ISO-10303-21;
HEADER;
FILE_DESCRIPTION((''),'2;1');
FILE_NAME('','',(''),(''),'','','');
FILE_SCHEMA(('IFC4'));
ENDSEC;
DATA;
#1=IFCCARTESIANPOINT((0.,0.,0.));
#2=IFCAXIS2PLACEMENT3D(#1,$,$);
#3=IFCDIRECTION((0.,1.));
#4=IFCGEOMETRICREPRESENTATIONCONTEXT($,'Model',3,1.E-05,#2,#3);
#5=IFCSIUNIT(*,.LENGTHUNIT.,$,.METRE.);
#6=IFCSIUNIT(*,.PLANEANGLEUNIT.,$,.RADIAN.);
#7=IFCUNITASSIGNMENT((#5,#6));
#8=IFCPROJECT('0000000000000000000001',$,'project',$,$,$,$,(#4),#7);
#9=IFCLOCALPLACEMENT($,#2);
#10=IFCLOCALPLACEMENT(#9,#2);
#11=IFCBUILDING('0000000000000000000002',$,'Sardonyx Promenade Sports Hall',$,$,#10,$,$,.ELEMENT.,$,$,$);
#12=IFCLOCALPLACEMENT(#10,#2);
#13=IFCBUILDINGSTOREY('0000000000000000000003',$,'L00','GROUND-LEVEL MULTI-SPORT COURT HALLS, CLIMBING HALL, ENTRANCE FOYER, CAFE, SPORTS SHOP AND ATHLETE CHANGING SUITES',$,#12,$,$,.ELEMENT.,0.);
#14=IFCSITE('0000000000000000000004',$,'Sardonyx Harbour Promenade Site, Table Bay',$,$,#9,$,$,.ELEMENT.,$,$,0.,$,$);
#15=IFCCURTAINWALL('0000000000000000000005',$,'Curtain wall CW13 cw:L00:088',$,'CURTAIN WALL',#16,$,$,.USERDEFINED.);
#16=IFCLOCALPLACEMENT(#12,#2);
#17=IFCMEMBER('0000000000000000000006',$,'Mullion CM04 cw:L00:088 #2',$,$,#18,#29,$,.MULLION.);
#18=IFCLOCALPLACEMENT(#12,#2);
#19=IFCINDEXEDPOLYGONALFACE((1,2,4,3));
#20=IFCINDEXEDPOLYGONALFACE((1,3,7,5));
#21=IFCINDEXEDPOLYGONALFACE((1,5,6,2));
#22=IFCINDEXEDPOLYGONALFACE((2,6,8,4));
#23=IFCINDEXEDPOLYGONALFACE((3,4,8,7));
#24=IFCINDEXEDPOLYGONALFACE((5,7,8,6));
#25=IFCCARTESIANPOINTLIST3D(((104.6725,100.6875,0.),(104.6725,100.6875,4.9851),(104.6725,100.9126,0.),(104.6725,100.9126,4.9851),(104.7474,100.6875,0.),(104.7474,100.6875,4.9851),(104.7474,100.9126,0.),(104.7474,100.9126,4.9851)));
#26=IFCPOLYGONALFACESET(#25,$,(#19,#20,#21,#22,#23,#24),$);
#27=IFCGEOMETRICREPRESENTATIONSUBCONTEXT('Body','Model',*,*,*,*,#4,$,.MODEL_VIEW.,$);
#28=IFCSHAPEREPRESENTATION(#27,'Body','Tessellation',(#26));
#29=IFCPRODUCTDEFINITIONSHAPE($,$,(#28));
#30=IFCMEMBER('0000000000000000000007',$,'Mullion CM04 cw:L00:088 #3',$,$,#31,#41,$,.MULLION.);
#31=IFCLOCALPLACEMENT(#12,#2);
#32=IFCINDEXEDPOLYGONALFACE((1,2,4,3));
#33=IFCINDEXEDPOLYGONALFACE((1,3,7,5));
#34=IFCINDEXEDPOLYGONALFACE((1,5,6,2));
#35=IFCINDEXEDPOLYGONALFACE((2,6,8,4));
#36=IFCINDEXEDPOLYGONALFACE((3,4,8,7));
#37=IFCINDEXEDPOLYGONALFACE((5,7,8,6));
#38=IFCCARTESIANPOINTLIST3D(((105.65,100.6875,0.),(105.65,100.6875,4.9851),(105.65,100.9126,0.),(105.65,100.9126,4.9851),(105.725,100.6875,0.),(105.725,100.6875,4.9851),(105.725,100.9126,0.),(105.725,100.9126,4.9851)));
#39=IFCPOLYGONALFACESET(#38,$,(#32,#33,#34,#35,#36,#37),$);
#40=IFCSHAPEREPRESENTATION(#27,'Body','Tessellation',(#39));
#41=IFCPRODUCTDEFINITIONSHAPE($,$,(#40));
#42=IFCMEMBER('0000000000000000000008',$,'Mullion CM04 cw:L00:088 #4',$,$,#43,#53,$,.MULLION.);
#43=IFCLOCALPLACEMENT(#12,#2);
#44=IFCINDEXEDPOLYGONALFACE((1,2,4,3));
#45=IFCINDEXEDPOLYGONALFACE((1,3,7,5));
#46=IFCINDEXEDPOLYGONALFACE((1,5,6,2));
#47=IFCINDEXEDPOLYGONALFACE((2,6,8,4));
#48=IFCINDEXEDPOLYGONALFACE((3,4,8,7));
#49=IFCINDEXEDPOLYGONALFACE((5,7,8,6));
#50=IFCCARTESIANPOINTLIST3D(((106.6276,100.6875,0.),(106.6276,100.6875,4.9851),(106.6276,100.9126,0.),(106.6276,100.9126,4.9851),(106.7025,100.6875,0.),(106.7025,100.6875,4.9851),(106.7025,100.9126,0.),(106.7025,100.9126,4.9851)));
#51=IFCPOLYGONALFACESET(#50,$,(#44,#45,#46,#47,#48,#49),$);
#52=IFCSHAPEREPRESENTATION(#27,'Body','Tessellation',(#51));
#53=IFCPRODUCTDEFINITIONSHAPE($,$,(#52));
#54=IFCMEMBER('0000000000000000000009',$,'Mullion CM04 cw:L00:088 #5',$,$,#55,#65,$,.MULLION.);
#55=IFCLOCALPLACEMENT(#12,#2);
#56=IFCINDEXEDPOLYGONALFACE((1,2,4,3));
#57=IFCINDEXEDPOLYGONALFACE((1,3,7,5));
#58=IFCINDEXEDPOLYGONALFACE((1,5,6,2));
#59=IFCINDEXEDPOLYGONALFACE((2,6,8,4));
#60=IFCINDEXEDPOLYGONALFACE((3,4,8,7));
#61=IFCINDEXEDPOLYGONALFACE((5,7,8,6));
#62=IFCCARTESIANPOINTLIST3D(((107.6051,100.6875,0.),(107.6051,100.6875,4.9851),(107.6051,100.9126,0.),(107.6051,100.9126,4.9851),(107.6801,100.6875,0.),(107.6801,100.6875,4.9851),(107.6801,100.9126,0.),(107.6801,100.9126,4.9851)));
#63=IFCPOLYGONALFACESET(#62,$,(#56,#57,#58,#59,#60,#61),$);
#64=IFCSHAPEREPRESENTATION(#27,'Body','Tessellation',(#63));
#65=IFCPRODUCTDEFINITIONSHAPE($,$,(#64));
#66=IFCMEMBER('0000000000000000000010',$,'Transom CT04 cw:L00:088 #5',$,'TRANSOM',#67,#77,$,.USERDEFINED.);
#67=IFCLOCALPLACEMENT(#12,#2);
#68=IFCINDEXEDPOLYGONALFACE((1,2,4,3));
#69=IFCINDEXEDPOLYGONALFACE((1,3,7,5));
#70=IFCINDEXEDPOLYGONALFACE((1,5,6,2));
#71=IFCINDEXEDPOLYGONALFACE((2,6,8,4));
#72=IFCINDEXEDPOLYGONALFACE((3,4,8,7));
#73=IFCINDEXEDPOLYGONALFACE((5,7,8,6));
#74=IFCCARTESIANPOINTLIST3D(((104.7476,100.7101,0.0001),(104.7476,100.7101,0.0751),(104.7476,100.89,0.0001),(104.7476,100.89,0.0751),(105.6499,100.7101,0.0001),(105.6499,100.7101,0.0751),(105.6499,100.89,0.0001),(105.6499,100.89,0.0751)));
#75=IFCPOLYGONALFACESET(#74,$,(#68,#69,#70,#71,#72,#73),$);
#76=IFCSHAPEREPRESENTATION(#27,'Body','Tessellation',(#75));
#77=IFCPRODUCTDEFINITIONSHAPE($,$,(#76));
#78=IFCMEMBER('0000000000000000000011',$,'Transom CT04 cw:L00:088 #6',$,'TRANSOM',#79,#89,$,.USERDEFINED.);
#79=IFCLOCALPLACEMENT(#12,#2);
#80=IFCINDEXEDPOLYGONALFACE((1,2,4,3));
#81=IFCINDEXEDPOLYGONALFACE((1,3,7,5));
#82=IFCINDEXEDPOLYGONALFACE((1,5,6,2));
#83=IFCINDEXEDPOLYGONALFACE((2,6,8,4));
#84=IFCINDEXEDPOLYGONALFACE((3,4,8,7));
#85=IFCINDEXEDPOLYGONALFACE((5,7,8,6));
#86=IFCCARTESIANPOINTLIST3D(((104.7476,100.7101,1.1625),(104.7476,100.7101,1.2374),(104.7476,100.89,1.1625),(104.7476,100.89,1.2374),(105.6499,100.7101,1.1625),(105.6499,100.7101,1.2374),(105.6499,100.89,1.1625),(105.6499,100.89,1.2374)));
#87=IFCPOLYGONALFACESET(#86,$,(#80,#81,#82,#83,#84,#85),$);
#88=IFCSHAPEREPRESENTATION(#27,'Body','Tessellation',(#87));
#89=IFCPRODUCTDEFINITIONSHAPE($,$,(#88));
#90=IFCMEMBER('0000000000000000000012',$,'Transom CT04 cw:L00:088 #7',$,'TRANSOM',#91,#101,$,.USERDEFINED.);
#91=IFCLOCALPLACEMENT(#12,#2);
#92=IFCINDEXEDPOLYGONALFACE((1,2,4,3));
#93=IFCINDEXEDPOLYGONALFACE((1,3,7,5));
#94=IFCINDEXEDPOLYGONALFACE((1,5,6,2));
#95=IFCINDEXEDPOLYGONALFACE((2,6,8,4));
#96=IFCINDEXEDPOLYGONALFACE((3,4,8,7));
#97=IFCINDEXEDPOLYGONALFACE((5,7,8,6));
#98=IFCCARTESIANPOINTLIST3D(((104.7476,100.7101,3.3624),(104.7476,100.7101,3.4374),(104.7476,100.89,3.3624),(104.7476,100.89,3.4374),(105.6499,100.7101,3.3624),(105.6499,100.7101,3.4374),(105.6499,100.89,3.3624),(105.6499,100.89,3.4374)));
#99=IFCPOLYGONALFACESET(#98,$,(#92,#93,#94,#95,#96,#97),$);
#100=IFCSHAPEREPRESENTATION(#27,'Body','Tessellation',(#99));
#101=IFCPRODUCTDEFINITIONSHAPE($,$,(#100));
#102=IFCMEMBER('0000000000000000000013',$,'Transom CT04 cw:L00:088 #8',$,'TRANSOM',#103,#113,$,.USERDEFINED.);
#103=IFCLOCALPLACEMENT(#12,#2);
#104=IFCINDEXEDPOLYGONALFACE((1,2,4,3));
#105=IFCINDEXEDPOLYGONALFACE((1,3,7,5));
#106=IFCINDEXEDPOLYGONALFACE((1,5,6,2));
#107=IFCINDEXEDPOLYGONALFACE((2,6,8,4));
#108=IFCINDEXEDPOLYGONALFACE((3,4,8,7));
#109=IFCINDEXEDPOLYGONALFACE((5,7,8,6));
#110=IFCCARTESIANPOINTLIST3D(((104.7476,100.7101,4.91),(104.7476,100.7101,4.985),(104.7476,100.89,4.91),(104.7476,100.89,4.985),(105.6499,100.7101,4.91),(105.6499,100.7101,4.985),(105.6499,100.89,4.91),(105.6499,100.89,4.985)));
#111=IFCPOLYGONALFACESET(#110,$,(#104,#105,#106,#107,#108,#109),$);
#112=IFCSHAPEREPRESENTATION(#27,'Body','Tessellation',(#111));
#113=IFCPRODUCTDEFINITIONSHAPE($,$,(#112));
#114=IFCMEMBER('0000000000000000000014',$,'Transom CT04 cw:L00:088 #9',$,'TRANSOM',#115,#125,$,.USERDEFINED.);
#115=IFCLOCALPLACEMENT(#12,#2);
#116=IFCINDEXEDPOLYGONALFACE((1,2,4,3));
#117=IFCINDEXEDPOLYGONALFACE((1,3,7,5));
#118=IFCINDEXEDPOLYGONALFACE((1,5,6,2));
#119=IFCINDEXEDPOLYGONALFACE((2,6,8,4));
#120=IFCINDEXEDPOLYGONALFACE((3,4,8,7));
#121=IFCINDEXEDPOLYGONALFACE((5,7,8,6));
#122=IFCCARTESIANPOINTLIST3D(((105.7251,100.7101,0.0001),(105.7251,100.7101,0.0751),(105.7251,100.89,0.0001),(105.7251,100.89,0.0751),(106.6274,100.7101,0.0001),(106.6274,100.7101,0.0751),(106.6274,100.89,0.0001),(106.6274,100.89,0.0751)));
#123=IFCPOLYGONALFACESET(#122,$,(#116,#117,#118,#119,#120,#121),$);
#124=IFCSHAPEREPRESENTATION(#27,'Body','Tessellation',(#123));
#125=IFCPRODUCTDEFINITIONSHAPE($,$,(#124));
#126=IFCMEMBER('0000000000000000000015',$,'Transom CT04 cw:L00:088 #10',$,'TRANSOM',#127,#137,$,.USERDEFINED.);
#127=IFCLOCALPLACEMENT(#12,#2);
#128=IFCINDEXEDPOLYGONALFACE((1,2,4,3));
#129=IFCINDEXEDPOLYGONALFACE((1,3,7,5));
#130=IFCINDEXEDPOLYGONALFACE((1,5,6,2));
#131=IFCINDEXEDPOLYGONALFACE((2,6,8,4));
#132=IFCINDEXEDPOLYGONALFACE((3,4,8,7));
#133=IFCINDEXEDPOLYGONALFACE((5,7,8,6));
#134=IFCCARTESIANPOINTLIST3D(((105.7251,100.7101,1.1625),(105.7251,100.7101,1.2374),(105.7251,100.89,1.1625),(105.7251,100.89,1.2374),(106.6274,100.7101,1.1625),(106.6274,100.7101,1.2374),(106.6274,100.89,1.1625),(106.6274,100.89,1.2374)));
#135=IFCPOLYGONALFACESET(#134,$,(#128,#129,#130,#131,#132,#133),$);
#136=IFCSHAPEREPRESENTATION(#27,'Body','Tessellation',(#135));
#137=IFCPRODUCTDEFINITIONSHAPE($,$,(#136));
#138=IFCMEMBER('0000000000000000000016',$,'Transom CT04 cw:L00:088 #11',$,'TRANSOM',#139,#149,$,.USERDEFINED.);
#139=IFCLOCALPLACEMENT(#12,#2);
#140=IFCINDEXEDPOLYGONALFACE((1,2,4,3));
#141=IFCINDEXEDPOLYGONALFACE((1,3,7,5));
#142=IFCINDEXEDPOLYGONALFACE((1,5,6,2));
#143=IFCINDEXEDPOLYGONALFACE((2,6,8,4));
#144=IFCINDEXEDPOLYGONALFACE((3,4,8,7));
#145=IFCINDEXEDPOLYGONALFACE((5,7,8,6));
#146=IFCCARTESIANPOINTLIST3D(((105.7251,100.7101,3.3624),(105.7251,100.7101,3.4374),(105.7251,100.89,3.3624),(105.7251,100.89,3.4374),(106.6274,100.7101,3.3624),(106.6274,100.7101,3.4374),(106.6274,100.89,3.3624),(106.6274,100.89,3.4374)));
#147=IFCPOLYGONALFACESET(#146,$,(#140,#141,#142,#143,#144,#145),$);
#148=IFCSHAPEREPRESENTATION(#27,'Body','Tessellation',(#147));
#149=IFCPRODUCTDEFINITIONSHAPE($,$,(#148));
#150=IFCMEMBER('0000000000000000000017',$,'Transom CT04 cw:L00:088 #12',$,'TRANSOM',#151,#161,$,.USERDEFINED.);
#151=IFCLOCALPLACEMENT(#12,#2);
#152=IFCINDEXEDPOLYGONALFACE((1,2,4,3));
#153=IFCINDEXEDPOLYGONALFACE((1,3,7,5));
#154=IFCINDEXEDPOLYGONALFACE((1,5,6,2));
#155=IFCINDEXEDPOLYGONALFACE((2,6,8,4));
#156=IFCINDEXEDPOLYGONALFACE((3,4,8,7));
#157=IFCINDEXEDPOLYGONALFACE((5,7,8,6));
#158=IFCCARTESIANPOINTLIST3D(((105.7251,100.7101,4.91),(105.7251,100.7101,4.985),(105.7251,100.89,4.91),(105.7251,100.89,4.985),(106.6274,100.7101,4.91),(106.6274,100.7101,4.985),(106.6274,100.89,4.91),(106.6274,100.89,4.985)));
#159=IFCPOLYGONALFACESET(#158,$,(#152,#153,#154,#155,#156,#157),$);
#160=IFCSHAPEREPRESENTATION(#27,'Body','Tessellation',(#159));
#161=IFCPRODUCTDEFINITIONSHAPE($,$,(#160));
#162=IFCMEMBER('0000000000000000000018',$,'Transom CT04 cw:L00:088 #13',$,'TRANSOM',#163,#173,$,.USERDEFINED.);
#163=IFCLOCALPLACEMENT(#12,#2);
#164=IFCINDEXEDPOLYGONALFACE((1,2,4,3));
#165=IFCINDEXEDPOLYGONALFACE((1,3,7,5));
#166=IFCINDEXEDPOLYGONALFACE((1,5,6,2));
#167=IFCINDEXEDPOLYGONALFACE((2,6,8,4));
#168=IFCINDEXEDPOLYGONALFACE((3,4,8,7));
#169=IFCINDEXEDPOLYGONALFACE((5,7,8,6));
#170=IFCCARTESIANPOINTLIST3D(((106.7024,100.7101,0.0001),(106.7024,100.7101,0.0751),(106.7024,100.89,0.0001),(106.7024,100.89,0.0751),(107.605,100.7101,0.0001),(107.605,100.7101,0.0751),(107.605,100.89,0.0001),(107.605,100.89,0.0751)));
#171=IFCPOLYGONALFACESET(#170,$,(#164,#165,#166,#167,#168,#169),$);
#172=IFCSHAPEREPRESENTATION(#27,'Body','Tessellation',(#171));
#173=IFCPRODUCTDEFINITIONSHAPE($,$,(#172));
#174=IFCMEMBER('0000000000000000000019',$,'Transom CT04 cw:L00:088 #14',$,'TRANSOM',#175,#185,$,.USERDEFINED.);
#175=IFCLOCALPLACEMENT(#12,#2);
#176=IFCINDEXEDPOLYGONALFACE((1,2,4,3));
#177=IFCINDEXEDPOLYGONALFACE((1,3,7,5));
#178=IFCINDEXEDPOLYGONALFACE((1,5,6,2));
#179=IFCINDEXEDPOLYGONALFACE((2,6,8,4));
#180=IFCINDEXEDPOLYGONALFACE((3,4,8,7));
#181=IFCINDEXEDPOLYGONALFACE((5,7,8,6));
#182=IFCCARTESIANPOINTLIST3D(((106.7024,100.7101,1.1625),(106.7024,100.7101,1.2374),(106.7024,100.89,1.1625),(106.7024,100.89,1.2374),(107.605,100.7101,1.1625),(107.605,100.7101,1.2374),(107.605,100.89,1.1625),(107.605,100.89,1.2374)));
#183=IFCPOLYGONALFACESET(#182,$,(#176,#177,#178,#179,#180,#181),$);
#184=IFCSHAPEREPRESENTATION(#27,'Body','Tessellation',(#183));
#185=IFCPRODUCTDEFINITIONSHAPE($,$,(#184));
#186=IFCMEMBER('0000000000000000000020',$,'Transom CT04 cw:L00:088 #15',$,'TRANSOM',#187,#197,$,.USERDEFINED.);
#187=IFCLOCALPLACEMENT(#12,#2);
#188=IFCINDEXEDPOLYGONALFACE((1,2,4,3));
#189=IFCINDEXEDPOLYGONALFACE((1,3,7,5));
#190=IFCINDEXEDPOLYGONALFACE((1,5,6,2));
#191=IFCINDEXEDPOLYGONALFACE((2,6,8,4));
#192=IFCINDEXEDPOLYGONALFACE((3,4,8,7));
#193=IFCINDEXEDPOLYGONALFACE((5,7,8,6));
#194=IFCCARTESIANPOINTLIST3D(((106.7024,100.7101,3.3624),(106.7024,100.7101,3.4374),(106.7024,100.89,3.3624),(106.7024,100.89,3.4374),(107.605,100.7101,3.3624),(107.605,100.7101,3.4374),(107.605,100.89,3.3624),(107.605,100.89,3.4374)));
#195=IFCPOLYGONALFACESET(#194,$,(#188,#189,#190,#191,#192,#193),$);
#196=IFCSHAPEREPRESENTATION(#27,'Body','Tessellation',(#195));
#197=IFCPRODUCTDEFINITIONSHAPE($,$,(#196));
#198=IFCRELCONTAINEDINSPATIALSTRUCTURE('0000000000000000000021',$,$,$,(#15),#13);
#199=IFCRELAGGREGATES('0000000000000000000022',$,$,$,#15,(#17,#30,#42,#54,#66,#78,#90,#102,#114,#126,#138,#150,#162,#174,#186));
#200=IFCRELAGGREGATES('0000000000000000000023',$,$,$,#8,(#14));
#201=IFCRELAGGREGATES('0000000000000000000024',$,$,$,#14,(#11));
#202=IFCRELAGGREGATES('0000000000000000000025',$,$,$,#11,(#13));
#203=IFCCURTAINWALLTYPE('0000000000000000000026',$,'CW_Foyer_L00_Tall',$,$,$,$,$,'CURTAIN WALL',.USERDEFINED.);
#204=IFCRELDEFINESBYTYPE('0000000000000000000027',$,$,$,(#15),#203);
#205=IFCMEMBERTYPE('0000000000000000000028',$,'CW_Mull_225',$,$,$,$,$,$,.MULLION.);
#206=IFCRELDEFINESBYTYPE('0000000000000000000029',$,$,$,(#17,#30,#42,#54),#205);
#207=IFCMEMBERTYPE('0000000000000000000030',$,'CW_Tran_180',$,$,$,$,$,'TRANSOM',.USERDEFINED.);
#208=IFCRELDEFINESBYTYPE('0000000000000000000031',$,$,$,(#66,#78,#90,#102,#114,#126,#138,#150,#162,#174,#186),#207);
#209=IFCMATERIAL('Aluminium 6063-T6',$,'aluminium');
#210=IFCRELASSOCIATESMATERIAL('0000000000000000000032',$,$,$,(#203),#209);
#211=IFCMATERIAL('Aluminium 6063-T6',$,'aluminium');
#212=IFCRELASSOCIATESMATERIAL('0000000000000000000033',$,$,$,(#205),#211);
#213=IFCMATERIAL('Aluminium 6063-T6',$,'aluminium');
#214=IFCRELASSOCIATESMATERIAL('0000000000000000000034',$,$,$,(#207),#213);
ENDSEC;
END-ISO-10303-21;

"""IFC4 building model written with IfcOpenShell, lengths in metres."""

from ifc_helpers import new_model, si_unit, direction, frame, origin, origin_2d, place, context, subcontext, project, spatial, rectangle, extrude, material, material_profile, profile_set, type_object, element, aggregate, save


model = new_model("IFC4")

# Units and contexts
model_context = context("Model", 3, precision=1e-05, world=origin(), true_north=direction((0.0, 1.0)))
body_context = subcontext(model_context, "Body", "Model", "MODEL_VIEW")
ifc_project = project(units=[si_unit("LENGTHUNIT", "METRE"), si_unit("PLANEANGLEUNIT", "RADIAN")], contexts=[model_context])

# Site, building, storey
site_placement = place(None, origin())
site = spatial("IfcSite", under=ifc_project, at=site_placement, Name="Sardonyx Harbour Promenade Site, Table Bay", CompositionType="ELEMENT", RefElevation=0.0)
building_placement = place(site_placement, origin())
building = spatial("IfcBuilding", under=site, at=building_placement, Name="Sardonyx Promenade Sports Hall", CompositionType="ELEMENT")
storey_placement = place(building_placement, origin())
storey = spatial("IfcBuildingStorey", under=building, at=storey_placement, Name="L00", Description="GROUND-LEVEL MULTI-SPORT COURT HALLS, CLIMBING HALL, ENTRANCE FOYER, CAFE, SPORTS SHOP AND ATHLETE CHANGING SUITES", CompositionType="ELEMENT", Elevation=0.0)

# Curtain wall, members
ifc_material_1 = material(Name="Aluminium 6063-T6", Category="aluminium")
curtain_wall_type = type_object("IfcCurtainWallType", Name="CW_Foyer_L00_Tall", ElementType="CURTAIN WALL", PredefinedType="USERDEFINED", material=ifc_material_1)
curtain_wall_placement = place(storey_placement, origin())
curtain_wall = element("IfcCurtainWall", 1, at=curtain_wall_placement, inside=storey, type_object=curtain_wall_type, Name="Curtain wall CW13 cw:L00:088", ObjectType="CURTAIN WALL", PredefinedType="USERDEFINED")
ifc_material_2 = material(Name="Aluminium 6063-T6", Category="aluminium")
ifc_material_profile_1 = material_profile(ifc_material_2, rectangle(XDim=0.075, YDim=0.2251, at=origin_2d()))
ifc_profile_set_1 = profile_set([ifc_material_profile_1], Name="Aluminium 6063-T6")
member_type_1 = type_object("IfcMemberType", Name="CW_Mull_225", PredefinedType="MULLION", material=ifc_profile_set_1)
member_1_placement = place(storey_placement, frame((104.71, 100.8, 0.0), z_axis=(0.0, 0.0, 1.0), x_axis=(1.0, 0.0, 0.0)))
member_1 = element("IfcMember", 2, at=member_1_placement, type_object=member_type_1, Name="Mullion CM04 cw:L00:088 #2", PredefinedType="MULLION", context=body_context, shape_type="SweptSolid", body=[
    extrude(rectangle(XDim=0.075, YDim=0.2251, at=origin_2d()), origin(), (0.0, 0.0, 1.0), 4.9851),
])
member_2_placement = place(storey_placement, frame((105.6875, 100.8, 0.0), z_axis=(0.0, 0.0, 1.0), x_axis=(1.0, 0.0, 0.0)))
member_2 = element("IfcMember", 3, at=member_2_placement, type_object=member_type_1, Name="Mullion CM04 cw:L00:088 #3", PredefinedType="MULLION", context=body_context, shape_type="SweptSolid", body=[
    extrude(rectangle(XDim=0.075, YDim=0.2251, at=origin_2d()), origin(), (0.0, 0.0, 1.0), 4.9851),
])
member_3_placement = place(storey_placement, frame((106.665, 100.8, 0.0), z_axis=(0.0, 0.0, 1.0), x_axis=(1.0, 0.0, 0.0)))
member_3 = element("IfcMember", 4, at=member_3_placement, type_object=member_type_1, Name="Mullion CM04 cw:L00:088 #4", PredefinedType="MULLION", context=body_context, shape_type="SweptSolid", body=[
    extrude(rectangle(XDim=0.075, YDim=0.2251, at=origin_2d()), origin(), (0.0, 0.0, 1.0), 4.9851),
])
member_4_placement = place(storey_placement, frame((107.6426, 100.8, 0.0), z_axis=(0.0, 0.0, 1.0), x_axis=(1.0, 0.0, 0.0)))
member_4 = element("IfcMember", 5, at=member_4_placement, type_object=member_type_1, Name="Mullion CM04 cw:L00:088 #5", PredefinedType="MULLION", context=body_context, shape_type="SweptSolid", body=[
    extrude(rectangle(XDim=0.075, YDim=0.2251, at=origin_2d()), origin(), (0.0, 0.0, 1.0), 4.9851),
])
ifc_material_3 = material(Name="Aluminium 6063-T6", Category="aluminium")
ifc_material_profile_2 = material_profile(ifc_material_3, rectangle(XDim=0.075, YDim=0.1799, at=origin_2d()))
ifc_profile_set_2 = profile_set([ifc_material_profile_2], Name="Aluminium 6063-T6")
member_type_2 = type_object("IfcMemberType", Name="CW_Tran_180", ElementType="TRANSOM", PredefinedType="USERDEFINED", material=ifc_profile_set_2)
member_5_placement = place(storey_placement, frame((104.7476, 100.8, 0.0376), z_axis=(1.0, 0.0, 0.0), x_axis=(0.0, 0.0, 1.0)))
member_5 = element("IfcMember", 6, at=member_5_placement, type_object=member_type_2, Name="Transom CT04 cw:L00:088 #5", ObjectType="TRANSOM", PredefinedType="USERDEFINED", context=body_context, shape_type="SweptSolid", body=[
    extrude(rectangle(XDim=0.075, YDim=0.1799, at=origin_2d()), origin(), (0.0, 0.0, 1.0), 0.9023),
])
member_6_placement = place(storey_placement, frame((104.7476, 100.8, 1.2), z_axis=(1.0, 0.0, 0.0), x_axis=(0.0, 0.0, 1.0)))
member_6 = element("IfcMember", 7, at=member_6_placement, type_object=member_type_2, Name="Transom CT04 cw:L00:088 #6", ObjectType="TRANSOM", PredefinedType="USERDEFINED", context=body_context, shape_type="SweptSolid", body=[
    extrude(rectangle(XDim=0.075, YDim=0.1799, at=origin_2d()), origin(), (0.0, 0.0, 1.0), 0.9023),
])
member_7_placement = place(storey_placement, frame((104.7476, 100.8, 3.3999), z_axis=(1.0, 0.0, 0.0), x_axis=(0.0, 0.0, 1.0)))
member_7 = element("IfcMember", 8, at=member_7_placement, type_object=member_type_2, Name="Transom CT04 cw:L00:088 #7", ObjectType="TRANSOM", PredefinedType="USERDEFINED", context=body_context, shape_type="SweptSolid", body=[
    extrude(rectangle(XDim=0.075, YDim=0.1799, at=origin_2d()), origin(), (0.0, 0.0, 1.0), 0.9023),
])
member_8_placement = place(storey_placement, frame((104.7476, 100.8, 4.9475), z_axis=(1.0, 0.0, 0.0), x_axis=(0.0, 0.0, 1.0)))
member_8 = element("IfcMember", 9, at=member_8_placement, type_object=member_type_2, Name="Transom CT04 cw:L00:088 #8", ObjectType="TRANSOM", PredefinedType="USERDEFINED", context=body_context, shape_type="SweptSolid", body=[
    extrude(rectangle(XDim=0.075, YDim=0.1799, at=origin_2d()), origin(), (0.0, 0.0, 1.0), 0.9023),
])
member_9_placement = place(storey_placement, frame((105.7251, 100.8, 0.0376), z_axis=(1.0, 0.0, 0.0), x_axis=(0.0, 0.0, 1.0)))
member_9 = element("IfcMember", 10, at=member_9_placement, type_object=member_type_2, Name="Transom CT04 cw:L00:088 #9", ObjectType="TRANSOM", PredefinedType="USERDEFINED", context=body_context, shape_type="SweptSolid", body=[
    extrude(rectangle(XDim=0.075, YDim=0.1799, at=origin_2d()), origin(), (0.0, 0.0, 1.0), 0.9023),
])
member_10_placement = place(storey_placement, frame((105.7251, 100.8, 1.2), z_axis=(1.0, 0.0, 0.0), x_axis=(0.0, 0.0, 1.0)))
member_10 = element("IfcMember", 11, at=member_10_placement, type_object=member_type_2, Name="Transom CT04 cw:L00:088 #10", ObjectType="TRANSOM", PredefinedType="USERDEFINED", context=body_context, shape_type="SweptSolid", body=[
    extrude(rectangle(XDim=0.075, YDim=0.1799, at=origin_2d()), origin(), (0.0, 0.0, 1.0), 0.9023),
])
member_11_placement = place(storey_placement, frame((105.7251, 100.8, 3.3999), z_axis=(1.0, 0.0, 0.0), x_axis=(0.0, 0.0, 1.0)))
member_11 = element("IfcMember", 12, at=member_11_placement, type_object=member_type_2, Name="Transom CT04 cw:L00:088 #11", ObjectType="TRANSOM", PredefinedType="USERDEFINED", context=body_context, shape_type="SweptSolid", body=[
    extrude(rectangle(XDim=0.075, YDim=0.1799, at=origin_2d()), origin(), (0.0, 0.0, 1.0), 0.9023),
])
member_12_placement = place(storey_placement, frame((105.7251, 100.8, 4.9475), z_axis=(1.0, 0.0, 0.0), x_axis=(0.0, 0.0, 1.0)))
member_12 = element("IfcMember", 13, at=member_12_placement, type_object=member_type_2, Name="Transom CT04 cw:L00:088 #12", ObjectType="TRANSOM", PredefinedType="USERDEFINED", context=body_context, shape_type="SweptSolid", body=[
    extrude(rectangle(XDim=0.075, YDim=0.1799, at=origin_2d()), origin(), (0.0, 0.0, 1.0), 0.9023),
])
member_13_placement = place(storey_placement, frame((106.7024, 100.8, 0.0376), z_axis=(1.0, 0.0, 0.0), x_axis=(0.0, 0.0, 1.0)))
member_13 = element("IfcMember", 14, at=member_13_placement, type_object=member_type_2, Name="Transom CT04 cw:L00:088 #13", ObjectType="TRANSOM", PredefinedType="USERDEFINED", context=body_context, shape_type="SweptSolid", body=[
    extrude(rectangle(XDim=0.075, YDim=0.1799, at=origin_2d()), origin(), (0.0, 0.0, 1.0), 0.9026),
])
member_14_placement = place(storey_placement, frame((106.7024, 100.8, 1.2), z_axis=(1.0, 0.0, 0.0), x_axis=(0.0, 0.0, 1.0)))
member_14 = element("IfcMember", 15, at=member_14_placement, type_object=member_type_2, Name="Transom CT04 cw:L00:088 #14", ObjectType="TRANSOM", PredefinedType="USERDEFINED", context=body_context, shape_type="SweptSolid", body=[
    extrude(rectangle(XDim=0.075, YDim=0.1799, at=origin_2d()), origin(), (0.0, 0.0, 1.0), 0.9026),
])
member_15_placement = place(storey_placement, frame((106.7024, 100.8, 3.3999), z_axis=(1.0, 0.0, 0.0), x_axis=(0.0, 0.0, 1.0)))
member_15 = element("IfcMember", 16, at=member_15_placement, type_object=member_type_2, Name="Transom CT04 cw:L00:088 #15", ObjectType="TRANSOM", PredefinedType="USERDEFINED", context=body_context, shape_type="SweptSolid", body=[
    extrude(rectangle(XDim=0.075, YDim=0.1799, at=origin_2d()), origin(), (0.0, 0.0, 1.0), 0.9026),
])
aggregate(curtain_wall, [member_1, member_2, member_3, member_4, member_5, member_6, member_7, member_8, member_9, member_10, member_11, member_12, member_13, member_14, member_15])

save(model, "model.ifc")
